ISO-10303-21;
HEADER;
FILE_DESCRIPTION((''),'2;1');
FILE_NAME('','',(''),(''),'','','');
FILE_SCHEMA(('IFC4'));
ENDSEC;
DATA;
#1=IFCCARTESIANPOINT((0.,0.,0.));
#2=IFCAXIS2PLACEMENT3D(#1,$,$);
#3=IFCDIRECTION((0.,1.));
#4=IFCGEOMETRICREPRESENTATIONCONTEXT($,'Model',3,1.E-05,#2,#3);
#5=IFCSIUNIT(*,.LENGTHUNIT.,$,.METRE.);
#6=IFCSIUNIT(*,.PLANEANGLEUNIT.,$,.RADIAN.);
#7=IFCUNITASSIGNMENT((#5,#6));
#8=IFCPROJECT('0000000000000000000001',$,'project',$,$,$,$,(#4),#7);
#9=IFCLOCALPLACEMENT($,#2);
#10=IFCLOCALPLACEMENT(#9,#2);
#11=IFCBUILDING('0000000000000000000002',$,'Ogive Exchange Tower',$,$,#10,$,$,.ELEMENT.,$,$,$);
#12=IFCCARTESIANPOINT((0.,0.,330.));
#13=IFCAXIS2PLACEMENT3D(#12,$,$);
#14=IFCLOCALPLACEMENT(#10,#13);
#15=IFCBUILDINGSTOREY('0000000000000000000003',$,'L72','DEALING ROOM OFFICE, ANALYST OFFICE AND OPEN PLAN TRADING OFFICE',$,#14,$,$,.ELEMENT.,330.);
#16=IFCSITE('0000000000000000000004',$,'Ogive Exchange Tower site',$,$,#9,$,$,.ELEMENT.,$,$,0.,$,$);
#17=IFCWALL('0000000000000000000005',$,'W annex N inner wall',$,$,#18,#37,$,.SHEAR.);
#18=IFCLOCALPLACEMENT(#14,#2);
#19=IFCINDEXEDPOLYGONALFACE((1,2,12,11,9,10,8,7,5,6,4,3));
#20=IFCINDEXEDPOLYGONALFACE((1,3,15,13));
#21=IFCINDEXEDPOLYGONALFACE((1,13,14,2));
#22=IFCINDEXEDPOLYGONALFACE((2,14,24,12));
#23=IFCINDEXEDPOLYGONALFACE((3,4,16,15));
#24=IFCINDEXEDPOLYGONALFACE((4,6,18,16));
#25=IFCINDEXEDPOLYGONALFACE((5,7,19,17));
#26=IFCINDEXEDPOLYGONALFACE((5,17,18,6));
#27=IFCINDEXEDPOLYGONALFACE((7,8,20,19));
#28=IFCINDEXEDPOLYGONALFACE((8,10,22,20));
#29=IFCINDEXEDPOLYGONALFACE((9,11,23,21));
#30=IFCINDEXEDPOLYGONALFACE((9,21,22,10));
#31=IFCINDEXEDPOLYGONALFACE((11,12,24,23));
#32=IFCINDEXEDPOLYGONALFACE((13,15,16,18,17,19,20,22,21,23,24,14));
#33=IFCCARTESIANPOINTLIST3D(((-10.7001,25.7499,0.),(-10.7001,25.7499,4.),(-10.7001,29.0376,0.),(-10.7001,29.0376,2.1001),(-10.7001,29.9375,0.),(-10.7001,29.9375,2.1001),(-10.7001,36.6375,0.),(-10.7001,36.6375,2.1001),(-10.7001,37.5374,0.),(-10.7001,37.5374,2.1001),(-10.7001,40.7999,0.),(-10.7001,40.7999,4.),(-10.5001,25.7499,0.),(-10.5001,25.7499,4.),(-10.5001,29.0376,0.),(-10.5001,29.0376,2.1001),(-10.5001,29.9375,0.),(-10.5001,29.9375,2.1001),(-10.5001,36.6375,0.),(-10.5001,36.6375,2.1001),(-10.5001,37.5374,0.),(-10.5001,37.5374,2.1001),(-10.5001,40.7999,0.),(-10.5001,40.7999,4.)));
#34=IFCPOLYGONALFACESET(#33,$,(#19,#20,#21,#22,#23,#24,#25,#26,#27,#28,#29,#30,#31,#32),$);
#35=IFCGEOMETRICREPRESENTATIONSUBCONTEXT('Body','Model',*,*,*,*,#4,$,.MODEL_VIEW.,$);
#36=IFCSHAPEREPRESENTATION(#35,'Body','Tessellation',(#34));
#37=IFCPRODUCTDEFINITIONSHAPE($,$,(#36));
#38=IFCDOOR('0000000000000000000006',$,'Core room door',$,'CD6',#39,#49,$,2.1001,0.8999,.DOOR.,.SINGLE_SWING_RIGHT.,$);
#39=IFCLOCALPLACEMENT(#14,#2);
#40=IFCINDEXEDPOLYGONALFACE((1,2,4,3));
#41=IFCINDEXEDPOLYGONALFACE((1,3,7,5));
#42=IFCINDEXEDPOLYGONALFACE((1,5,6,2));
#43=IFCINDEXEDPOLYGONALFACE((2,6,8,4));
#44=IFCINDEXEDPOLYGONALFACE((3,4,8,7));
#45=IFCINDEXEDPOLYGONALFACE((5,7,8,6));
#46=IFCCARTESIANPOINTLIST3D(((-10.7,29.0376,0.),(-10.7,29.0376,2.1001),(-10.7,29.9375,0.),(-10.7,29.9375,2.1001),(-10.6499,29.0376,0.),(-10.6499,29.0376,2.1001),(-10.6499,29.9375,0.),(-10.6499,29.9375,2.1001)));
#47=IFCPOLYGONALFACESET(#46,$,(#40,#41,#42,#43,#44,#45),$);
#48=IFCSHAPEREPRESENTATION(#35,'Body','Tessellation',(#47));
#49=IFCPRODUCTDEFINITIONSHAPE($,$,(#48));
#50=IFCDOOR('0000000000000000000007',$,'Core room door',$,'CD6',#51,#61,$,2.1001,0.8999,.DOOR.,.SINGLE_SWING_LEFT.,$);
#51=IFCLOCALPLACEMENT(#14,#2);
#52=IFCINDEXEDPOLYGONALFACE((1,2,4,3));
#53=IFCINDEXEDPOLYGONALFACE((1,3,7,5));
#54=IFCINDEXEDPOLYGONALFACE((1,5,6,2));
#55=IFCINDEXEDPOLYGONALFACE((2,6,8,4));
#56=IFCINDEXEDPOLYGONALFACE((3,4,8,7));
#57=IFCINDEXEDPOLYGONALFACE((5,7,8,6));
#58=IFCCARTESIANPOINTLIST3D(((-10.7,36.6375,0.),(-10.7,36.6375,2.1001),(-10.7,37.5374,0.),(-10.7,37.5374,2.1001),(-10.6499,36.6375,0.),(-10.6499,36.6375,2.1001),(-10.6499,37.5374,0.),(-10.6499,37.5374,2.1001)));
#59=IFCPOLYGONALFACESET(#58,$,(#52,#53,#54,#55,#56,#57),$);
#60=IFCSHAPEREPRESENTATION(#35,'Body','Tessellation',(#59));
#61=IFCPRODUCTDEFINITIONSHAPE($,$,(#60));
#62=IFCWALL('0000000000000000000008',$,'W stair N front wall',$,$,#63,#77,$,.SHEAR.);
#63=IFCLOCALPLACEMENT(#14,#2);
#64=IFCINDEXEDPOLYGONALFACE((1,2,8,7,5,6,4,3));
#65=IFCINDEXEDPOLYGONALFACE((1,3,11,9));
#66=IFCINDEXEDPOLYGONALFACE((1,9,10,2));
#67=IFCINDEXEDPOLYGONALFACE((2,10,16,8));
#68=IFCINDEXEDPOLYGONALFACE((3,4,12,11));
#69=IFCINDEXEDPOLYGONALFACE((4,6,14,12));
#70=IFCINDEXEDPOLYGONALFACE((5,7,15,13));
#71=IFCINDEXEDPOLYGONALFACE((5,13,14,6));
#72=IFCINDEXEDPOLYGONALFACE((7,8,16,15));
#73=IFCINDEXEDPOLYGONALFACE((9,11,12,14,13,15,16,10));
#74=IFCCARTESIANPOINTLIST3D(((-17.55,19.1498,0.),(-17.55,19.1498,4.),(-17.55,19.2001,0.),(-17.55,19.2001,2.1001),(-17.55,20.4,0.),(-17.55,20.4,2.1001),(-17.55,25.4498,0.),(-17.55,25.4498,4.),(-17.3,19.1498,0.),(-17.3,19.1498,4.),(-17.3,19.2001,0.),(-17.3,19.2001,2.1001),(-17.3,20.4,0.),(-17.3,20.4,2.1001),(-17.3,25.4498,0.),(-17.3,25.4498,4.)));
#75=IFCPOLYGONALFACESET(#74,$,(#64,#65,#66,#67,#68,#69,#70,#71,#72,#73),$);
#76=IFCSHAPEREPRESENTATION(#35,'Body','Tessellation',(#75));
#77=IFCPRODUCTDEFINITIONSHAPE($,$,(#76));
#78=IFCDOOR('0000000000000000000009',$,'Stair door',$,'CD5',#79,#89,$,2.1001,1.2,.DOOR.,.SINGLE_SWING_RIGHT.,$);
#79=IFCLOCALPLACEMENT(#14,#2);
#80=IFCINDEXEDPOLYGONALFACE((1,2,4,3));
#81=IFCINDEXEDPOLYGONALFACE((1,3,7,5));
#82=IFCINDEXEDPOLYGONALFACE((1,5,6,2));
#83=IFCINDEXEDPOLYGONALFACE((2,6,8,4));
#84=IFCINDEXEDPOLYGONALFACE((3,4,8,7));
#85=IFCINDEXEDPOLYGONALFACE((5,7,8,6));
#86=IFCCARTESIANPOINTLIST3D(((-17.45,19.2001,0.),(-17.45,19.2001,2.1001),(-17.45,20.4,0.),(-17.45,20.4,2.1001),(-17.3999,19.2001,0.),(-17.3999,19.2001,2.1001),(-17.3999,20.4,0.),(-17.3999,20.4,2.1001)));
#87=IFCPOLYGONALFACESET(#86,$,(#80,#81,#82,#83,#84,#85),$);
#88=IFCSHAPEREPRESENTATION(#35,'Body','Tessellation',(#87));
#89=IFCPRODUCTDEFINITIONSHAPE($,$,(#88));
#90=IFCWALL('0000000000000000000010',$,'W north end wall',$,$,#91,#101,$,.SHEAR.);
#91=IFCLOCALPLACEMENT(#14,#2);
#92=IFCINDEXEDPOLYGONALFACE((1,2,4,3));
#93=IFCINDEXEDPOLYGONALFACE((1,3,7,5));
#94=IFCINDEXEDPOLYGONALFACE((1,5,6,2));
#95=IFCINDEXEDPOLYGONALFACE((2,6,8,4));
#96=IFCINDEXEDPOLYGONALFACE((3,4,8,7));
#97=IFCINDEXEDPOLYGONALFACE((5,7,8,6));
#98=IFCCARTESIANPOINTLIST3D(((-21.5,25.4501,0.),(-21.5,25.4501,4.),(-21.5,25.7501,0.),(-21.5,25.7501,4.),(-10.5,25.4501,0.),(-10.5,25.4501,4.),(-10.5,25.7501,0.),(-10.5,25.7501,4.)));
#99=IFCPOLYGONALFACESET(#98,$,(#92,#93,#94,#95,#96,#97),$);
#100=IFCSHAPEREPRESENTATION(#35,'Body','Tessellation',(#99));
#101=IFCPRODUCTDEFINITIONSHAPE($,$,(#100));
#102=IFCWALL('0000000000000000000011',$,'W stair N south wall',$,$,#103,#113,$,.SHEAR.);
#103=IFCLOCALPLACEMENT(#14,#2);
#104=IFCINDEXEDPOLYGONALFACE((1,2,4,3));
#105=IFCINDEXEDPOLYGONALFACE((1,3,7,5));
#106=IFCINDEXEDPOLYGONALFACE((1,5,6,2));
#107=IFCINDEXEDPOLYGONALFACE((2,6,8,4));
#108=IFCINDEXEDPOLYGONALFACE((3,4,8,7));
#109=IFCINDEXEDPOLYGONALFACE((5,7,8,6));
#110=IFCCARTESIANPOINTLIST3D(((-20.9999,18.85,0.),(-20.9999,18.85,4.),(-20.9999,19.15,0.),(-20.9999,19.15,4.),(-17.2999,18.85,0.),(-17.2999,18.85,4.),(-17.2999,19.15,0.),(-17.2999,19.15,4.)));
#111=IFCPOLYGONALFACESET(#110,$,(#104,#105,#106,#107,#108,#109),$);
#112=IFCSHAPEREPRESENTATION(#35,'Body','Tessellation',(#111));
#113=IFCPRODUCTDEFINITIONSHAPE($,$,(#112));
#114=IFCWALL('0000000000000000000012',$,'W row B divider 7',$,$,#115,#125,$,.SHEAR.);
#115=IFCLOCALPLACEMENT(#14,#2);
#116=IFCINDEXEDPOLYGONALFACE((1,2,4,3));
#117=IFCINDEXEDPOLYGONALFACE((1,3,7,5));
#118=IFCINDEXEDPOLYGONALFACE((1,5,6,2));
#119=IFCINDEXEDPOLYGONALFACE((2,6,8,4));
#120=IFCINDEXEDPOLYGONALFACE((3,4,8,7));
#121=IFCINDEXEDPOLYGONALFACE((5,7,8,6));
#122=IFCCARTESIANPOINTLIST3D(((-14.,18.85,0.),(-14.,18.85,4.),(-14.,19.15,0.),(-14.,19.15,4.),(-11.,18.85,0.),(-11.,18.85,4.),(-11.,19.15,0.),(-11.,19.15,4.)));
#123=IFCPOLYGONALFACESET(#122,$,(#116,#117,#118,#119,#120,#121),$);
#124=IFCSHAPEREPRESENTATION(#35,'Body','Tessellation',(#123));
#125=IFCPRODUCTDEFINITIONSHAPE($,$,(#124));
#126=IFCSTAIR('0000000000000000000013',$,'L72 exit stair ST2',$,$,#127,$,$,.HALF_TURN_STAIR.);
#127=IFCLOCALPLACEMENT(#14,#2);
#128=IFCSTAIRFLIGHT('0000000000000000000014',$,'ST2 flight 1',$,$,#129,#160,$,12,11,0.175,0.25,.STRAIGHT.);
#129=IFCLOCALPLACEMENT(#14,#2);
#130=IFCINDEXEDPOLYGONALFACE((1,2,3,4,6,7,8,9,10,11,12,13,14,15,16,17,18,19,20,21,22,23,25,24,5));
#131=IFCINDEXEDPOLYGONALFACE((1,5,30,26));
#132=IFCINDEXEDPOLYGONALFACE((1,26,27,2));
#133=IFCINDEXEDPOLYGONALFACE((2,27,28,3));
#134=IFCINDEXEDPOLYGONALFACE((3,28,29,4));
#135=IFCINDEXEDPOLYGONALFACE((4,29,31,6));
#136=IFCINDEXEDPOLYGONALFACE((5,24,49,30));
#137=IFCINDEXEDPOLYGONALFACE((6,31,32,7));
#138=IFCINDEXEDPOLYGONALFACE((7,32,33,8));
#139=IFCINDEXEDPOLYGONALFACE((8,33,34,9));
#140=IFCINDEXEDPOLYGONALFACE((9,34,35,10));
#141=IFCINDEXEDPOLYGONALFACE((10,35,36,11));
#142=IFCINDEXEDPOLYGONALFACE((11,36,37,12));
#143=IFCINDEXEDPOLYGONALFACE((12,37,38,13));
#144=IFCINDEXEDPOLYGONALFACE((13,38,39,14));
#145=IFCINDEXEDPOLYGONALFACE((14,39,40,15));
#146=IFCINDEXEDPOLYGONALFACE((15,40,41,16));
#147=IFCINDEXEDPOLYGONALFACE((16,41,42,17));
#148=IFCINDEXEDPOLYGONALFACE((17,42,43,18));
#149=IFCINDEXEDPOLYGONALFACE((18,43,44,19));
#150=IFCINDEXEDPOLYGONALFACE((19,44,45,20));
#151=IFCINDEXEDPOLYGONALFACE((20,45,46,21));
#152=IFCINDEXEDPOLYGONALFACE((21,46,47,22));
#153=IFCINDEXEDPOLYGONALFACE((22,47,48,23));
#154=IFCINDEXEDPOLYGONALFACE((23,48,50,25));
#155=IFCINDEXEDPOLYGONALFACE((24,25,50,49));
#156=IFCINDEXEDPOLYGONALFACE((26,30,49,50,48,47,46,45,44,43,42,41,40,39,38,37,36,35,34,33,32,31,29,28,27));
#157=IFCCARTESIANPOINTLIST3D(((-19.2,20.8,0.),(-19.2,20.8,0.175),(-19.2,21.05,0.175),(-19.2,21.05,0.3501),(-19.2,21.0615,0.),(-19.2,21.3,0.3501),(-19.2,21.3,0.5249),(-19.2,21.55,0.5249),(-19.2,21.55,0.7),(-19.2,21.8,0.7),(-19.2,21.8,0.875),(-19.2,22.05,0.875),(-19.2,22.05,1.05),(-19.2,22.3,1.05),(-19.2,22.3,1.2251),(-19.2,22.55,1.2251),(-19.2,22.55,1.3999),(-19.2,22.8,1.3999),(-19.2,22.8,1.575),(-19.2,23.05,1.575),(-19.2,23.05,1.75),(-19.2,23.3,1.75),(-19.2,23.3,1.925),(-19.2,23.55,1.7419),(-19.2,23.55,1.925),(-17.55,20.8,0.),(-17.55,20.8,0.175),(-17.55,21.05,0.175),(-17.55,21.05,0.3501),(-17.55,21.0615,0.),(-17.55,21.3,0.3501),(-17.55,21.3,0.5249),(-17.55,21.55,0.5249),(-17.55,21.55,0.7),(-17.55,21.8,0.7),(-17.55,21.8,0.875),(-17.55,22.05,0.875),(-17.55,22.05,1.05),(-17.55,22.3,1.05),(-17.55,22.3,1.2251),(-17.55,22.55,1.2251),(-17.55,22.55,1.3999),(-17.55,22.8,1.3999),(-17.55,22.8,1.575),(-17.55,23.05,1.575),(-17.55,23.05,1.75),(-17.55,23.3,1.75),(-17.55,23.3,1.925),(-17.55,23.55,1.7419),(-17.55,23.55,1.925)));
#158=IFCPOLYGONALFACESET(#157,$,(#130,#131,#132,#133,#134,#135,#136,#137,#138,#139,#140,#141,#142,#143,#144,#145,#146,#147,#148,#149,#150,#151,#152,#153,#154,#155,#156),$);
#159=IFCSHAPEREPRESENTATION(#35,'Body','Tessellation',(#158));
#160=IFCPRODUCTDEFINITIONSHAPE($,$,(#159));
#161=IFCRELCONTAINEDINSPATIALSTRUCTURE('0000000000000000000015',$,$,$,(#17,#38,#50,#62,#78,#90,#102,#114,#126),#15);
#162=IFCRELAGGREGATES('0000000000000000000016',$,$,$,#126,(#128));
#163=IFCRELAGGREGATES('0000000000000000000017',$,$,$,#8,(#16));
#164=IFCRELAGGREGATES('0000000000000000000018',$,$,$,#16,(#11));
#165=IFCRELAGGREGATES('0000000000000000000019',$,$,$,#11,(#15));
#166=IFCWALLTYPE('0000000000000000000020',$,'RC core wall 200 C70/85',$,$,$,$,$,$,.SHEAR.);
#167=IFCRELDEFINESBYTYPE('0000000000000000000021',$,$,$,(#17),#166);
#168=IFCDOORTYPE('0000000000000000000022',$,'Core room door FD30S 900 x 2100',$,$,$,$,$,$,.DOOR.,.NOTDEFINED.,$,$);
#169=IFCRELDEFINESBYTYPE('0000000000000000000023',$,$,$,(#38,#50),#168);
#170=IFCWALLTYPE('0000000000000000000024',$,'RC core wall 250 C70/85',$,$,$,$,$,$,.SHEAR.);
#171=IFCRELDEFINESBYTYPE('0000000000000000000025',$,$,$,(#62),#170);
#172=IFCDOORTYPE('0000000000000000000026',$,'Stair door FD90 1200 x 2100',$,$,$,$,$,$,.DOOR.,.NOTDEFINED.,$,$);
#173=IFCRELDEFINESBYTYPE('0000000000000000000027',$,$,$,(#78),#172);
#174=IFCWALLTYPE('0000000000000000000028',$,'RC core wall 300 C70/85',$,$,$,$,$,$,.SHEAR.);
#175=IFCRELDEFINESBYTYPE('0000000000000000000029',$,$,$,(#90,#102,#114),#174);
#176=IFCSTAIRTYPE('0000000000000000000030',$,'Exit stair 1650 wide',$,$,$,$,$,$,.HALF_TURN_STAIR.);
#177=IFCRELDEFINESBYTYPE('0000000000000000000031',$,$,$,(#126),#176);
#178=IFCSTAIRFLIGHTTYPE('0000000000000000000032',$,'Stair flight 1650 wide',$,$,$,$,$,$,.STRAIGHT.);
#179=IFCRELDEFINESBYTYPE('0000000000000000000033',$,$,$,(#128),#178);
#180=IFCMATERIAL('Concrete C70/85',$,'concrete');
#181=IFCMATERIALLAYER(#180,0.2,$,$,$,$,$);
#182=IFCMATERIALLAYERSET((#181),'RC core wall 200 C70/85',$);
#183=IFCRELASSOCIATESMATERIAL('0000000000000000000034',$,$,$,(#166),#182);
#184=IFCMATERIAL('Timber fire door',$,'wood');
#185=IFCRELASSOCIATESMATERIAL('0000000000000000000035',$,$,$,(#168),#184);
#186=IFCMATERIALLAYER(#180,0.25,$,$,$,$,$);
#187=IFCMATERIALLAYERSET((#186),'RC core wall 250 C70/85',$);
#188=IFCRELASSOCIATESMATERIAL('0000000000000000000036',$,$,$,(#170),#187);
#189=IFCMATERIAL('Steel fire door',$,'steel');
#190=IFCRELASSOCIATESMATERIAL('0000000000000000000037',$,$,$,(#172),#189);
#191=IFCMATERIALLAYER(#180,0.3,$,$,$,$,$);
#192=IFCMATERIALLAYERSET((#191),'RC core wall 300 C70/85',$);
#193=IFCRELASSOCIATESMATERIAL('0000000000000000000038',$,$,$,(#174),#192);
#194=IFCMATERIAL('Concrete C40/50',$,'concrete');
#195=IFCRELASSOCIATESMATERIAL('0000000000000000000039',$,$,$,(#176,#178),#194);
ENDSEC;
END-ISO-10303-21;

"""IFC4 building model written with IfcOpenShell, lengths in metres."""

from ifc_helpers import new_model, si_unit, direction, frame, frame_2d, origin, place, context, subcontext, project, spatial, polyline, rectangle, outline, extrude, material, layer, layer_set, type_object, element, fill, aggregate, save


model = new_model("IFC4")

# Units and contexts
model_context = context("Model", 3, precision=1e-05, world=origin(), true_north=direction((0.0, 1.0)))
body_context = subcontext(model_context, "Body", "Model", "MODEL_VIEW")
ifc_project = project(units=[si_unit("LENGTHUNIT", "METRE"), si_unit("PLANEANGLEUNIT", "RADIAN")], contexts=[model_context])

# Site, building, storey
site_placement = place(None, origin())
site = spatial("IfcSite", under=ifc_project, at=site_placement, Name="Ogive Exchange Tower site", CompositionType="ELEMENT", RefElevation=0.0)
building_placement = place(site_placement, origin())
building = spatial("IfcBuilding", under=site, at=building_placement, Name="Ogive Exchange Tower", CompositionType="ELEMENT")
storey_placement = place(building_placement, frame((0.0, 0.0, 330.0)))
storey = spatial("IfcBuildingStorey", under=building, at=storey_placement, Name="L72", Description="DEALING ROOM OFFICE, ANALYST OFFICE AND OPEN PLAN TRADING OFFICE", CompositionType="ELEMENT", Elevation=330.0)

# Shared definitions
ifc_material_1 = material(Name="Concrete C70/85", Category="concrete")
ifc_layer_1 = layer(ifc_material_1, 0.2)
ifc_layer_set_1 = layer_set([ifc_layer_1], Name="RC core wall 200 C70/85")
wall_type_1 = type_object("IfcWallType", Name="RC core wall 200 C70/85", PredefinedType="SHEAR", material=ifc_layer_set_1)
ifc_material_2 = material(Name="Steel fire door", Category="steel")

# Wall, openings, doors
wall_1_placement = place(storey_placement, frame((-10.6001, 25.75, 0.0), z_axis=(0.0, 0.0, 1.0), x_axis=(0.0, 1.0, 0.0)))
wall_1 = element("IfcWall", 1, at=wall_1_placement, inside=storey, type_object=wall_type_1, Name="W annex N inner wall", PredefinedType="SHEAR", context=body_context, shape_type="SweptSolid", body=[
    extrude(rectangle(XDim=15.05, YDim=0.2, at=frame_2d((7.5249, 0.0))), origin(), (0.0, 0.0, 1.0), 4.0),
])
opening_1_placement = place(wall_1_placement, frame((3.2876, 0.0, 0.0)))
opening_1 = element("IfcOpeningElement", 2, at=opening_1_placement, cuts=wall_1, PredefinedType="OPENING", context=body_context, shape_type="SweptSolid", body=[
    extrude(rectangle(XDim=0.8999, YDim=2.1001, at=frame_2d((0.45, 1.05))), frame((0.0, 0.1099, 0.0), z_axis=(0.0, -1.0, 0.0), x_axis=(1.0, 0.0, 0.0)), (0.0, 0.0, 1.0), 0.22),
])
opening_2_placement = place(wall_1_placement, frame((10.8875, 0.0, 0.0)))
opening_2 = element("IfcOpeningElement", 3, at=opening_2_placement, cuts=wall_1, PredefinedType="OPENING", context=body_context, shape_type="SweptSolid", body=[
    extrude(rectangle(XDim=0.8999, YDim=2.1001, at=frame_2d((0.45, 1.05))), frame((0.0, 0.1099, 0.0), z_axis=(0.0, -1.0, 0.0), x_axis=(1.0, 0.0, 0.0)), (0.0, 0.0, 1.0), 0.22),
])
ifc_material_3 = material(Name="Timber fire door", Category="wood")
door_type_1 = type_object("IfcDoorType", Name="Core room door FD30S 900 x 2100", OperationType="NOTDEFINED", PredefinedType="DOOR", material=ifc_material_3)
door_1_placement = place(opening_1_placement, frame((0.8999, 0.1499, 0.0), z_axis=(0.0, 0.0, 1.0), x_axis=(-1.0, 0.0, 0.0)))
door_1 = element("IfcDoor", 4, at=door_1_placement, inside=storey, type_object=door_type_1, Name="Core room door", ObjectType="CD6", OperationType="SINGLE_SWING_RIGHT", OverallHeight=2.1001, OverallWidth=0.8999, PredefinedType="DOOR", context=body_context, shape_type="SweptSolid", body=[
    extrude(rectangle(XDim=0.8999, YDim=2.1001, at=frame_2d((0.45, 1.05))), frame((0.0, 0.1001, 0.0), z_axis=(0.0, -1.0, 0.0), x_axis=(1.0, 0.0, 0.0)), (0.0, 0.0, 1.0), 0.05),
])
fill(opening_1, door_1)
door_2_placement = place(opening_2_placement, frame((0.8999, 0.1499, 0.0), z_axis=(0.0, 0.0, 1.0), x_axis=(-1.0, 0.0, 0.0)))
door_2 = element("IfcDoor", 5, at=door_2_placement, inside=storey, type_object=door_type_1, Name="Core room door", ObjectType="CD6", OperationType="SINGLE_SWING_LEFT", OverallHeight=2.1001, OverallWidth=0.8999, PredefinedType="DOOR", context=body_context, shape_type="SweptSolid", body=[
    extrude(rectangle(XDim=0.8999, YDim=2.1001, at=frame_2d((0.45, 1.05))), frame((0.0, 0.1001, 0.0), z_axis=(0.0, -1.0, 0.0), x_axis=(1.0, 0.0, 0.0)), (0.0, 0.0, 1.0), 0.05),
])
fill(opening_2, door_2)

# Wall, opening, door
ifc_layer_2 = layer(ifc_material_1, 0.25)
ifc_layer_set_2 = layer_set([ifc_layer_2], Name="RC core wall 250 C70/85")
wall_type_2 = type_object("IfcWallType", Name="RC core wall 250 C70/85", PredefinedType="SHEAR", material=ifc_layer_set_2)
wall_2_placement = place(storey_placement, frame((-17.425, 19.1499, 0.0), z_axis=(0.0, 0.0, 1.0), x_axis=(0.0, 1.0, 0.0)))
wall_2 = element("IfcWall", 6, at=wall_2_placement, inside=storey, type_object=wall_type_2, Name="W stair N front wall", PredefinedType="SHEAR", context=body_context, shape_type="SweptSolid", body=[
    extrude(rectangle(XDim=6.3, YDim=0.25, at=frame_2d((3.1499, 0.0))), origin(), (0.0, 0.0, 1.0), 4.0),
])
opening_3_placement = place(wall_2_placement, frame((0.05, 0.0, 0.0)))
opening_3 = element("IfcOpeningElement", 7, at=opening_3_placement, cuts=wall_2, PredefinedType="OPENING", context=body_context, shape_type="SweptSolid", body=[
    extrude(rectangle(XDim=1.2, YDim=2.1001, at=frame_2d((0.6001, 1.05))), frame((0.0, 0.135, 0.0), z_axis=(0.0, -1.0, 0.0), x_axis=(1.0, 0.0, 0.0)), (0.0, 0.0, 1.0), 0.27),
])
door_type_2 = type_object("IfcDoorType", Name="Stair door FD90 1200 x 2100", OperationType="NOTDEFINED", PredefinedType="DOOR", material=ifc_material_2)
door_3_placement = place(opening_3_placement, origin())
door_3 = element("IfcDoor", 8, at=door_3_placement, inside=storey, type_object=door_type_2, Name="Stair door", ObjectType="CD5", OperationType="SINGLE_SWING_RIGHT", OverallHeight=2.1001, OverallWidth=1.2, PredefinedType="DOOR", context=body_context, shape_type="SweptSolid", body=[
    extrude(rectangle(XDim=1.2, YDim=2.1001, at=frame_2d((0.6001, 1.05))), frame((0.0, 0.0249, 0.0), z_axis=(0.0, -1.0, 0.0), x_axis=(1.0, 0.0, 0.0)), (0.0, 0.0, 1.0), 0.05),
])
fill(opening_3, door_3)

# Walls
ifc_layer_3 = layer(ifc_material_1, 0.3)
ifc_layer_set_3 = layer_set([ifc_layer_3], Name="RC core wall 300 C70/85")
wall_type_3 = type_object("IfcWallType", Name="RC core wall 300 C70/85", PredefinedType="SHEAR", material=ifc_layer_set_3)
wall_3_placement = place(storey_placement, frame((-21.5, 25.6001, 0.0), z_axis=(0.0, 0.0, 1.0), x_axis=(1.0, 0.0, 0.0)))
element("IfcWall", 9, at=wall_3_placement, inside=storey, type_object=wall_type_3, Name="W north end wall", PredefinedType="SHEAR", context=body_context, shape_type="SweptSolid", body=[
    extrude(rectangle(XDim=11.0, YDim=0.3, at=frame_2d((5.5, 0.0))), origin(), (0.0, 0.0, 1.0), 4.0),
])
wall_4_placement = place(storey_placement, frame((-21.0, 19.0, 0.0), z_axis=(0.0, 0.0, 1.0), x_axis=(1.0, 0.0, 0.0)))
element("IfcWall", 10, at=wall_4_placement, inside=storey, type_object=wall_type_3, Name="W stair N south wall", PredefinedType="SHEAR", context=body_context, shape_type="SweptSolid", body=[
    extrude(rectangle(XDim=3.7, YDim=0.3, at=frame_2d((1.8501, 0.0))), origin(), (0.0, 0.0, 1.0), 4.0),
])
wall_5_placement = place(storey_placement, frame((-14.0, 19.0, 0.0), z_axis=(0.0, 0.0, 1.0), x_axis=(1.0, 0.0, 0.0)))
element("IfcWall", 11, at=wall_5_placement, inside=storey, type_object=wall_type_3, Name="W row B divider 7", PredefinedType="SHEAR", context=body_context, shape_type="SweptSolid", body=[
    extrude(rectangle(XDim=3.0, YDim=0.3, at=frame_2d((1.5, 0.0))), origin(), (0.0, 0.0, 1.0), 4.0),
])

# Stair, stair flight
ifc_material_4 = material(Name="Concrete C40/50", Category="concrete")
stair_type = type_object("IfcStairType", Name="Exit stair 1650 wide", PredefinedType="HALF_TURN_STAIR", material=ifc_material_4)
stair_placement = place(storey_placement, origin())
stair = element("IfcStair", 12, at=stair_placement, inside=storey, type_object=stair_type, Name="L72 exit stair ST2", PredefinedType="HALF_TURN_STAIR")
stair_flight_type = type_object("IfcStairFlightType", Name="Stair flight 1650 wide", PredefinedType="STRAIGHT", material=ifc_material_4)
stair_flight_1_placement = place(storey_placement, frame((-18.375, 20.8, 0.0), z_axis=(0.0, 0.0, 1.0), x_axis=(0.0, 1.0, 0.0)))
stair_flight_1 = element("IfcStairFlight", 13, at=stair_flight_1_placement, type_object=stair_flight_type, Name="ST2 flight 1", NumberOfRisers=12, NumberOfTreads=11, PredefinedType="STRAIGHT", RiserHeight=0.175, TreadLength=0.25, context=body_context, shape_type="SweptSolid", body=[
    extrude(outline(polyline([(0.0, 0.0), (0.0, 0.175), (0.25, 0.175), (0.25, 0.3501), (0.5, 0.3501), (0.5, 0.5249), (0.75, 0.5249), (0.75, 0.7), (1.0, 0.7), (1.0, 0.875), (1.25, 0.875), (1.25, 1.05), (1.5, 1.05), (1.5, 1.2251), (1.75, 1.2251), (1.75, 1.3999), (2.0, 1.3999), (2.0, 1.575), (2.25, 1.575), (2.25, 1.75), (2.5, 1.75), (2.5, 1.925), (2.75, 1.925), (2.75, 2.1001), (2.75, 1.7419), (0.2615, 0.0), (0.0, 0.0)])), frame((0.0, 0.825, 0.0), z_axis=(0.0, -1.0, 0.0), x_axis=(1.0, 0.0, 0.0)), (0.0, 0.0, 1.0), 1.6499),
])
aggregate(stair, [stair_flight_1])

save(model, "model.ifc")
